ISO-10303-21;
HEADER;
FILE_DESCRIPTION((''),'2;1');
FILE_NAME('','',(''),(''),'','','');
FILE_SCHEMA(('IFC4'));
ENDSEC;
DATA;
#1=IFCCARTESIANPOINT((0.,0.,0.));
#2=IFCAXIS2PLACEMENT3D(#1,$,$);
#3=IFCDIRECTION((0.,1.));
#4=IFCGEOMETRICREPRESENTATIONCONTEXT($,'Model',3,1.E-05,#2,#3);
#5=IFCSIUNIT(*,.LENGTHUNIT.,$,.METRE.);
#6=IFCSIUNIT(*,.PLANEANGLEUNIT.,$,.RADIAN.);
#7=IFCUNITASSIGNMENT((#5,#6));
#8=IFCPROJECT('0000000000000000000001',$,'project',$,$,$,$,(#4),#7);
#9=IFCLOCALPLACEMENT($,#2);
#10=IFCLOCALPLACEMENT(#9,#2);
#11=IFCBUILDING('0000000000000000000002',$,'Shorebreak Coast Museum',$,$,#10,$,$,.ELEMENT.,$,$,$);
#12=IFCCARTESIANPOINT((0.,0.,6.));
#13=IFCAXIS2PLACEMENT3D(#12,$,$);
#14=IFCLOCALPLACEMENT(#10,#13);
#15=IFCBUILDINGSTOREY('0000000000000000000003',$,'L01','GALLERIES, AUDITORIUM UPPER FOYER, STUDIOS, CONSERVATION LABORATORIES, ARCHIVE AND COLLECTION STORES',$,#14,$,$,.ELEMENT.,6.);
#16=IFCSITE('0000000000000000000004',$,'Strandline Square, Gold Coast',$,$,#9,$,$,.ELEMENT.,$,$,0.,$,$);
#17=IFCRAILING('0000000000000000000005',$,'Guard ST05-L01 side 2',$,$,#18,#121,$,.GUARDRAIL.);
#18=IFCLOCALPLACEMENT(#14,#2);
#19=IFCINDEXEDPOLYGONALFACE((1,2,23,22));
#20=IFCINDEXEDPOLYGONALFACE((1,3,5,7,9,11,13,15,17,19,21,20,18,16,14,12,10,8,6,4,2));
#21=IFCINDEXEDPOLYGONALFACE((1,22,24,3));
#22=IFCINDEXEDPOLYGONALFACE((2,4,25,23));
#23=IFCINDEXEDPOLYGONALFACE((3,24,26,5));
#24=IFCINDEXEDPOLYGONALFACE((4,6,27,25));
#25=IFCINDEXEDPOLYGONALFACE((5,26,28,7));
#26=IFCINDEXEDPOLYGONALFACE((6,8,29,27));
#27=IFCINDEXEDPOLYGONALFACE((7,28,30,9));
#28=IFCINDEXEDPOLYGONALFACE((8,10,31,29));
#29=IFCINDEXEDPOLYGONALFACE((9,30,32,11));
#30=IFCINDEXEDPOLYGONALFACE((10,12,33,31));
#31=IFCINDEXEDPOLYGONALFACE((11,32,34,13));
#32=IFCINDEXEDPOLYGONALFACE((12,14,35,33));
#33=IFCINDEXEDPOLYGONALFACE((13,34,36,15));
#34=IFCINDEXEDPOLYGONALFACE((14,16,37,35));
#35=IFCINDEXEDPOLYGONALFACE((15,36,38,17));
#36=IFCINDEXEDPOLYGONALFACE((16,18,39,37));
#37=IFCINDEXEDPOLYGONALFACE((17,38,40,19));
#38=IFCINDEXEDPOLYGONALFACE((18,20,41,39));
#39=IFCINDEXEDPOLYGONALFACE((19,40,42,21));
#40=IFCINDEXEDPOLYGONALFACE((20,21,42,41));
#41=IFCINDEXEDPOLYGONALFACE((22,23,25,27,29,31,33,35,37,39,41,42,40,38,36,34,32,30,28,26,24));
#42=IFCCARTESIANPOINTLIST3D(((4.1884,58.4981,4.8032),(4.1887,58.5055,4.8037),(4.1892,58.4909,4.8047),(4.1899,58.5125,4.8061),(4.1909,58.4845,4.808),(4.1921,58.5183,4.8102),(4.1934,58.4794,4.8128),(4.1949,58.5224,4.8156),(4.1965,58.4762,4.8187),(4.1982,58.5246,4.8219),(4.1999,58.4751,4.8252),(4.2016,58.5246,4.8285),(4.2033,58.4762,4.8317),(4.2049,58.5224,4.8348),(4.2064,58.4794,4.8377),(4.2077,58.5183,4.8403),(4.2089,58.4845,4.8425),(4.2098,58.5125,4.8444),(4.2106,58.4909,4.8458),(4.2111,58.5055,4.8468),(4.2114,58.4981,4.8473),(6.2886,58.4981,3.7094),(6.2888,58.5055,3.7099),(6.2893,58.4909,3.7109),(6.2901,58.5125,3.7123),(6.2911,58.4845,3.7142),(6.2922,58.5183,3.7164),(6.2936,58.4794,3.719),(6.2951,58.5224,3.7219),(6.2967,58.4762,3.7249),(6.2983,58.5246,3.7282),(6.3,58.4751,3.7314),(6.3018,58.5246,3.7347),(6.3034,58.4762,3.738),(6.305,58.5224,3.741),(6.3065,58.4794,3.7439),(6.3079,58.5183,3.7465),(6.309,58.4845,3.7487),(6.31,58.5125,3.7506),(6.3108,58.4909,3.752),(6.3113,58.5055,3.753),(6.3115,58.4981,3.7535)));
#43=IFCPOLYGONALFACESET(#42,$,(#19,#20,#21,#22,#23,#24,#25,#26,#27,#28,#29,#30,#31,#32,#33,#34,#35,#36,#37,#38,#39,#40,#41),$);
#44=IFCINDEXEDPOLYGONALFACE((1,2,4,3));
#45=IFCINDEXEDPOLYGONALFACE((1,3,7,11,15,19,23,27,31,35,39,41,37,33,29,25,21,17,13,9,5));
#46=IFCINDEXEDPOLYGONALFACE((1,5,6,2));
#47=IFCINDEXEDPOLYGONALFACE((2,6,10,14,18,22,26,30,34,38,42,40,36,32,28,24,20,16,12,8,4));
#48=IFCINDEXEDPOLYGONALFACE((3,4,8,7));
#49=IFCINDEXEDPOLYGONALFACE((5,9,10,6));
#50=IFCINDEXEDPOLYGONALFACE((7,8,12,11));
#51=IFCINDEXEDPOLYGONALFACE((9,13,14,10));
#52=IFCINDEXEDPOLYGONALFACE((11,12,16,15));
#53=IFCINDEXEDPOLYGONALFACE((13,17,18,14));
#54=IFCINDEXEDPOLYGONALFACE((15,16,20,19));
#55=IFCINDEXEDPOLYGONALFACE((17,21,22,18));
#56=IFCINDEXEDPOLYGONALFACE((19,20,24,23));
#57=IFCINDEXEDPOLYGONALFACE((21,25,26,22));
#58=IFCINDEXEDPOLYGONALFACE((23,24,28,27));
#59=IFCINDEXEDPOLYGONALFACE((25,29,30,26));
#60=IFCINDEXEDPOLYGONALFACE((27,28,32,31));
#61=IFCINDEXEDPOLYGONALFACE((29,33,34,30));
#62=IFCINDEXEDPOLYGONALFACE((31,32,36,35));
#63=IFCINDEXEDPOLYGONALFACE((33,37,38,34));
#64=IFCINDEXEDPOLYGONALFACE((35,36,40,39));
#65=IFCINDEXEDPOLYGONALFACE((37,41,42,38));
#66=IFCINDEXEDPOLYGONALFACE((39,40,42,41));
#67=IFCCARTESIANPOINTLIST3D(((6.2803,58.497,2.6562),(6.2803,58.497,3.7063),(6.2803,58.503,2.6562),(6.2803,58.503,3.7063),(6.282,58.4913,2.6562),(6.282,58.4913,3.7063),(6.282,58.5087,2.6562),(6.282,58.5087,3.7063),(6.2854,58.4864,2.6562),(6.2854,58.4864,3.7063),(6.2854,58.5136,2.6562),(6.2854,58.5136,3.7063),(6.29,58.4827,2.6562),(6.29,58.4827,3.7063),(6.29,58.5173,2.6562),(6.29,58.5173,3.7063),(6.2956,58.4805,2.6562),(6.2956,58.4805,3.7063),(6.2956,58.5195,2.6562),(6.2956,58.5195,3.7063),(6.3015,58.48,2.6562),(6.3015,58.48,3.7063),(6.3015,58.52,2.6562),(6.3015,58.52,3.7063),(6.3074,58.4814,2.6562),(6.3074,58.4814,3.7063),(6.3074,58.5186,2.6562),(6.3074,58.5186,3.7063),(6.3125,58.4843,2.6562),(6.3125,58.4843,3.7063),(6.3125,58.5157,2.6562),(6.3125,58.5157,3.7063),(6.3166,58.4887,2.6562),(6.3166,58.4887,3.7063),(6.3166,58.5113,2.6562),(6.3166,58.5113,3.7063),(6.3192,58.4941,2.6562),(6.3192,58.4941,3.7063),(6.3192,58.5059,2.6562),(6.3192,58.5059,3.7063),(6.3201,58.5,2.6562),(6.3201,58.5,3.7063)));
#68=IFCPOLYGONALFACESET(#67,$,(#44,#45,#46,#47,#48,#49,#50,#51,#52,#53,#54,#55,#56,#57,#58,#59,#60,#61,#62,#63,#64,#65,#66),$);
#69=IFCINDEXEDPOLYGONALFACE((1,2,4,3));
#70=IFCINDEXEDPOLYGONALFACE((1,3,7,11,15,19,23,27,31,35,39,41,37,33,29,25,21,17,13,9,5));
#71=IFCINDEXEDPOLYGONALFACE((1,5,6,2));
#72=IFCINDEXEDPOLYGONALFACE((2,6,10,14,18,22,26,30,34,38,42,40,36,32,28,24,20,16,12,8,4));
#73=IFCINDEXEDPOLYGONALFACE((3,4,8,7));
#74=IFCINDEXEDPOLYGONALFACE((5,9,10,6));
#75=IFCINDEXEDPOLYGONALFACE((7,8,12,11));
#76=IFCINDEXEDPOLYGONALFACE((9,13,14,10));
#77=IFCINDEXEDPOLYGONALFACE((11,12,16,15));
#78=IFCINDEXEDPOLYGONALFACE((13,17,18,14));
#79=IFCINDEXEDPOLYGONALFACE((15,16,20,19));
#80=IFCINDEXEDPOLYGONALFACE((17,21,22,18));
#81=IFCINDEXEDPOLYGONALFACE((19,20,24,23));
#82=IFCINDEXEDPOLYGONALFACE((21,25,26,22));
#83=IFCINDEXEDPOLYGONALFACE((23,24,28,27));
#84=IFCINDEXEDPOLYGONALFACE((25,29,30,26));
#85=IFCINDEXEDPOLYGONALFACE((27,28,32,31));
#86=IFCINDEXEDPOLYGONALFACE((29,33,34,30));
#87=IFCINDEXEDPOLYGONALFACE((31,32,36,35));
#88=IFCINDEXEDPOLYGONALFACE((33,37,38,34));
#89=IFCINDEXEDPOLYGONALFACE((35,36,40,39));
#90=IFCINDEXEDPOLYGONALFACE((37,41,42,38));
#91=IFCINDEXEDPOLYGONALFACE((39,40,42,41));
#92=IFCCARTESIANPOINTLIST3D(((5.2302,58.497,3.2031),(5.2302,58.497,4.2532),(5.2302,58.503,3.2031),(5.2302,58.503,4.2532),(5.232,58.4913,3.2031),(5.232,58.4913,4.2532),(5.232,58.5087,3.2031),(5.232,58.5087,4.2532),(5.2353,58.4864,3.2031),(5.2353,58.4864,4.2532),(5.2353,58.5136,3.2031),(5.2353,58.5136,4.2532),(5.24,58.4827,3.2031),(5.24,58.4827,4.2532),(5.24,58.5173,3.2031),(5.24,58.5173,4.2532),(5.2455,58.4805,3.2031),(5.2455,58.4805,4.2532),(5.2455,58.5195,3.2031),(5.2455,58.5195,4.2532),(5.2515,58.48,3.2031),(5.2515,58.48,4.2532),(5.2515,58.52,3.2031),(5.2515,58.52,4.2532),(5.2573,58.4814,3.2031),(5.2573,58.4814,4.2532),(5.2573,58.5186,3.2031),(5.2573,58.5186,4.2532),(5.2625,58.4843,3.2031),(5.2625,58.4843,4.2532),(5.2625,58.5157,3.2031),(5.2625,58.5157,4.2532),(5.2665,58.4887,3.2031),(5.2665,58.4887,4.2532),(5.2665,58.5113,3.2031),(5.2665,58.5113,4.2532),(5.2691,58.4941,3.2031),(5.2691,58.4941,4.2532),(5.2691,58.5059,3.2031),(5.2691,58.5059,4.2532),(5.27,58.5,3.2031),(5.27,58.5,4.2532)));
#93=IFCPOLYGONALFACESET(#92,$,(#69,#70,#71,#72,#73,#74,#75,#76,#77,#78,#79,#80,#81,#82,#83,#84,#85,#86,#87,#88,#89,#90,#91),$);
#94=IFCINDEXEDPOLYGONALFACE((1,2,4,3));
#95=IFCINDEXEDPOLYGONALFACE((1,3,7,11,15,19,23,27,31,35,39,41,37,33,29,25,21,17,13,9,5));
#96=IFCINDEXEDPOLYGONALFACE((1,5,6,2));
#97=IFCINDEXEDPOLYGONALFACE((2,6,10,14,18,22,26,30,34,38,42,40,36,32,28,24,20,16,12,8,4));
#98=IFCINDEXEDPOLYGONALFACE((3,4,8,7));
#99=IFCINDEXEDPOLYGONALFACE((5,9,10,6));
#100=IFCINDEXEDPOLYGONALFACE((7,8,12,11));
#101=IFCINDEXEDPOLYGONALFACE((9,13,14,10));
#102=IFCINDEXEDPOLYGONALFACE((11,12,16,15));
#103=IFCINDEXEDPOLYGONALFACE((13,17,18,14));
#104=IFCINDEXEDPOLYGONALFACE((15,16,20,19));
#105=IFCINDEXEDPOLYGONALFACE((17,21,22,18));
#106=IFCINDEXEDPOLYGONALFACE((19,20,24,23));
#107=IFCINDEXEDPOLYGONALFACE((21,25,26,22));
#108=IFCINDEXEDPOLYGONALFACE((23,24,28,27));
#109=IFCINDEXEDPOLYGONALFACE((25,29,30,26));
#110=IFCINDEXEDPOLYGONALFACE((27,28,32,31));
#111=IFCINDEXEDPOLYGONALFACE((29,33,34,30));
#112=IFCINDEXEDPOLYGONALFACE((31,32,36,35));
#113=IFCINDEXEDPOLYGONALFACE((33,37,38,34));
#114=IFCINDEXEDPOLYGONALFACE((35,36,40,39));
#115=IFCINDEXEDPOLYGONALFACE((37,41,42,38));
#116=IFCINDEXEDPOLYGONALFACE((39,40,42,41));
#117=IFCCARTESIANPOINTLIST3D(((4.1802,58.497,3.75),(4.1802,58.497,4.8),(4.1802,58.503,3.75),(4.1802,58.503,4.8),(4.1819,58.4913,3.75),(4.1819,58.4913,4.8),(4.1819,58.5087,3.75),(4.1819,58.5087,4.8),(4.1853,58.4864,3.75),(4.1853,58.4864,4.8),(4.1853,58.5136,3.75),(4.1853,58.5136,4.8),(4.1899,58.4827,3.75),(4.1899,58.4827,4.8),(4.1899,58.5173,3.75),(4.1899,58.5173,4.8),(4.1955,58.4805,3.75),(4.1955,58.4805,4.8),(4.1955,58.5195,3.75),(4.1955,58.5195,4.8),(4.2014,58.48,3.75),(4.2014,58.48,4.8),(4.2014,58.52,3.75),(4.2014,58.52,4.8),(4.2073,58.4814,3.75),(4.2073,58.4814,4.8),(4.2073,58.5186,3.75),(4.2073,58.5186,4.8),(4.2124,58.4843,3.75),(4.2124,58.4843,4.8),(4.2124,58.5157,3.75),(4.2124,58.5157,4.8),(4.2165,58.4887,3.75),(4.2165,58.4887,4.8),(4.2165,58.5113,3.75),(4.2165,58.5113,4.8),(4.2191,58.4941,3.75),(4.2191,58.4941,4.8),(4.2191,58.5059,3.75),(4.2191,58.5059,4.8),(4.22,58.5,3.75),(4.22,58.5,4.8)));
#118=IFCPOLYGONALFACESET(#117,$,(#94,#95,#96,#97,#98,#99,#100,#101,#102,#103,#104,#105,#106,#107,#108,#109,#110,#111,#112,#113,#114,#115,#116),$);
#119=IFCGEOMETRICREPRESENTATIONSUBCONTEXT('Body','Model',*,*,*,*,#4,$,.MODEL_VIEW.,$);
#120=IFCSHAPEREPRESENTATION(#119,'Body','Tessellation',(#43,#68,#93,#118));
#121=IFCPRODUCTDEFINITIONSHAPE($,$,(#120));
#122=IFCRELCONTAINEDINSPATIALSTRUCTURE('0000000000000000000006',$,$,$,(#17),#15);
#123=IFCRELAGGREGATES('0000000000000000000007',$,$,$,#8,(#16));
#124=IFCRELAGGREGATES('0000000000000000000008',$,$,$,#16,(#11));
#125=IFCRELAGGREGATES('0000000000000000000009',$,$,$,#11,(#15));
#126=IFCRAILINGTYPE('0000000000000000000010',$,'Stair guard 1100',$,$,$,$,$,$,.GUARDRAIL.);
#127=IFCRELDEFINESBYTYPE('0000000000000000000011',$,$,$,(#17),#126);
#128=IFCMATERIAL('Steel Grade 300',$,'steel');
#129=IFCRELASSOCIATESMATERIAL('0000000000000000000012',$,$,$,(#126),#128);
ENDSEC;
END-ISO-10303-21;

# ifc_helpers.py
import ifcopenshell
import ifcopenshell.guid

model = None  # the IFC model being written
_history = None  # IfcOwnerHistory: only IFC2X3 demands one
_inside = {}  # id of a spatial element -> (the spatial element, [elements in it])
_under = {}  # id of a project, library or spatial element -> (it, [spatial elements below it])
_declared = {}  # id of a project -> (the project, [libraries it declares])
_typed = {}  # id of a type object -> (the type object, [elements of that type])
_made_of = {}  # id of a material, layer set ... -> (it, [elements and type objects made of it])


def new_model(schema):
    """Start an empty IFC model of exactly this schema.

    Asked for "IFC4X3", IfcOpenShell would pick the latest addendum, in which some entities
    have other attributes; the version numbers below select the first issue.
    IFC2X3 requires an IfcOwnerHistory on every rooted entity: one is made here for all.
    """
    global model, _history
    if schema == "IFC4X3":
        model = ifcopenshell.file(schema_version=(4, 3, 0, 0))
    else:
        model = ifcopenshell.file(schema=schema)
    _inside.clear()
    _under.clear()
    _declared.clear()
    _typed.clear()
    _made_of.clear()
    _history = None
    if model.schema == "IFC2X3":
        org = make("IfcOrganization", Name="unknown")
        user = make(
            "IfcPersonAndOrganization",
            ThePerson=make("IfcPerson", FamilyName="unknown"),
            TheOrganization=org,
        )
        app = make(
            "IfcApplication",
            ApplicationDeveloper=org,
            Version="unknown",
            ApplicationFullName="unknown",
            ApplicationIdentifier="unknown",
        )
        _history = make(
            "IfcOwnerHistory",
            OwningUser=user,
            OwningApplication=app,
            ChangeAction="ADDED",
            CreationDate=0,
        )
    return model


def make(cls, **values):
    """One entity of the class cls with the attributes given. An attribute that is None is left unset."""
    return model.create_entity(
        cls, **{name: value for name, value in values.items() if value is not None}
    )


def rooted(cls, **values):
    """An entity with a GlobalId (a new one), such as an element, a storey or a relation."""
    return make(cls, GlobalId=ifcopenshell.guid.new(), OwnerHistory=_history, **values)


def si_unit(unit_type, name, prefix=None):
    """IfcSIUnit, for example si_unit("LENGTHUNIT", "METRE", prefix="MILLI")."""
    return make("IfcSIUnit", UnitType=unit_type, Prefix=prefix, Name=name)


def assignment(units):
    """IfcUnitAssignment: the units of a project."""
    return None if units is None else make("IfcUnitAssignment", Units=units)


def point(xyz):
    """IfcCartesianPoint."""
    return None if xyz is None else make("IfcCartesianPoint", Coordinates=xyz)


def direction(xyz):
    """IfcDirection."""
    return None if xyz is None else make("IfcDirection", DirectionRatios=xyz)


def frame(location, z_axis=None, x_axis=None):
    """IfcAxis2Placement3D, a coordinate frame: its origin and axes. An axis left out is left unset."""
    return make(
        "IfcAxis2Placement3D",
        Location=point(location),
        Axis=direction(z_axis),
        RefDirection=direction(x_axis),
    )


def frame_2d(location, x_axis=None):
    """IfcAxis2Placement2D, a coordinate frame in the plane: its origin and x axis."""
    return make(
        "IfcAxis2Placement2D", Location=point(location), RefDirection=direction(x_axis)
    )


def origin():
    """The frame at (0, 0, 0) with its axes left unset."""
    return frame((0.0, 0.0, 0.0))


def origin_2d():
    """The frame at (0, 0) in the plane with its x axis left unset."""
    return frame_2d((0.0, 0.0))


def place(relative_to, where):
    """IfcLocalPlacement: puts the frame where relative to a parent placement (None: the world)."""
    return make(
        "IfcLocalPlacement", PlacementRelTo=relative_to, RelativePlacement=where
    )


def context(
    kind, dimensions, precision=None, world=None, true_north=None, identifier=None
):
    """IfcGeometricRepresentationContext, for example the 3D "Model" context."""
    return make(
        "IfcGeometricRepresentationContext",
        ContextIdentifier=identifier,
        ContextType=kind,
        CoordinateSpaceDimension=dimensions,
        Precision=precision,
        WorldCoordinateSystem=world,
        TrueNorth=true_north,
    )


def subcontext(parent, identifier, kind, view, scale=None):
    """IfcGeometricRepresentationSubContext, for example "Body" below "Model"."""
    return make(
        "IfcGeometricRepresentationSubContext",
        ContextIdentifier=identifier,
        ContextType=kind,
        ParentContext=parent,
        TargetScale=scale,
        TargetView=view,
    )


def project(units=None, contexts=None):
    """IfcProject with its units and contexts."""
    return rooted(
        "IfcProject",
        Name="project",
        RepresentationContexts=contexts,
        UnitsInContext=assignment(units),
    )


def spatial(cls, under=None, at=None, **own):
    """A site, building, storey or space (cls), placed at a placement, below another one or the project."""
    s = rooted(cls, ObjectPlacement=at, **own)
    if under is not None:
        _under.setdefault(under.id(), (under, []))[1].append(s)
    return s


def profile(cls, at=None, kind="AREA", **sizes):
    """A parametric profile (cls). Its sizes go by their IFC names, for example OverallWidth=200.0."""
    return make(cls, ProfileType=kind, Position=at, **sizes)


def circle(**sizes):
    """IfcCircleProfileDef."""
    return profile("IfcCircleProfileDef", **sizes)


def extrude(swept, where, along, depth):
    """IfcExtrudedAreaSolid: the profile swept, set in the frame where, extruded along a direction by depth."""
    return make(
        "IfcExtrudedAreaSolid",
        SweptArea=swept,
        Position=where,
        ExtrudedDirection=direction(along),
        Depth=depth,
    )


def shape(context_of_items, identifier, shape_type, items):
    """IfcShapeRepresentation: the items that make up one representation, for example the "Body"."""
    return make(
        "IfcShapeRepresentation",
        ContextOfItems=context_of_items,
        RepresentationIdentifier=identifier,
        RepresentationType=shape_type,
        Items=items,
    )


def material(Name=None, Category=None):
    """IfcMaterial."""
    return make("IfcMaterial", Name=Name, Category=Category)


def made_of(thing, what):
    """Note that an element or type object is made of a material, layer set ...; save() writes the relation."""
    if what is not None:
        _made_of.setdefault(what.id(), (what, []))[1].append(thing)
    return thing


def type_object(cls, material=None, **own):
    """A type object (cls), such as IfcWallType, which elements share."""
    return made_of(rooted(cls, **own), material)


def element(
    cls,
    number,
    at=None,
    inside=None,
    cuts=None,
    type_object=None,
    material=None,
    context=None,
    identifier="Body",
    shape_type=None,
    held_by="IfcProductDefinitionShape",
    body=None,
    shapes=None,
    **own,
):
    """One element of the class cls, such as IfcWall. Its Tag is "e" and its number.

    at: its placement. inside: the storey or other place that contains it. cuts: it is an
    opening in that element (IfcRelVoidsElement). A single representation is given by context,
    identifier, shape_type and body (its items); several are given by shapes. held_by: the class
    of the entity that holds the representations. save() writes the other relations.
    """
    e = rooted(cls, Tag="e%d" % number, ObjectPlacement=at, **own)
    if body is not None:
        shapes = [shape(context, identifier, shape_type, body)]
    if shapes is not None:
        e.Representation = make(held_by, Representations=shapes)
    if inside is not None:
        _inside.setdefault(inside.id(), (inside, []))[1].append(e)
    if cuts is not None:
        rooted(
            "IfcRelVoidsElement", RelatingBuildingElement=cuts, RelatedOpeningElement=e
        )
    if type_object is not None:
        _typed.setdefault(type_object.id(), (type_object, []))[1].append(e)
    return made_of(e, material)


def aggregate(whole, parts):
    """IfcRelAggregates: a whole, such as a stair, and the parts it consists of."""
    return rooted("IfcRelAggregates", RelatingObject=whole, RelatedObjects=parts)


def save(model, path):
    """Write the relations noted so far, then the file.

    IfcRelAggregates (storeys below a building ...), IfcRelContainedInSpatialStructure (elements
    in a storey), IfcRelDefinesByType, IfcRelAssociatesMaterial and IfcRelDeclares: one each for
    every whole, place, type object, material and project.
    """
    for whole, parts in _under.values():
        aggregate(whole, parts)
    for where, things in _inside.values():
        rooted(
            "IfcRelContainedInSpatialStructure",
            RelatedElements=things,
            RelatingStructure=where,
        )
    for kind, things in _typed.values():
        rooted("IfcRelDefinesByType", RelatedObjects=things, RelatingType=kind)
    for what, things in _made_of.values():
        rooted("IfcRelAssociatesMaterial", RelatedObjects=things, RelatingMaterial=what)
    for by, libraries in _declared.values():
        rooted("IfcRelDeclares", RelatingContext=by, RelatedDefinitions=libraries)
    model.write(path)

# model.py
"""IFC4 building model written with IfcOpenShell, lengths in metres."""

from ifc_helpers import new_model, si_unit, direction, frame, origin, origin_2d, place, context, subcontext, project, spatial, circle, extrude, material, type_object, element, save


model = new_model("IFC4")

# Units and contexts
model_context = context("Model", 3, precision=1e-05, world=origin(), true_north=direction((0.0, 1.0)))
body_context = subcontext(model_context, "Body", "Model", "MODEL_VIEW")
ifc_project = project(units=[si_unit("LENGTHUNIT", "METRE"), si_unit("PLANEANGLEUNIT", "RADIAN")], contexts=[model_context])

# Site, building, storey
site_placement = place(None, origin())
site = spatial("IfcSite", under=ifc_project, at=site_placement, Name="Strandline Square, Gold Coast", CompositionType="ELEMENT", RefElevation=0.0)
building_placement = place(site_placement, origin())
building = spatial("IfcBuilding", under=site, at=building_placement, Name="Shorebreak Coast Museum", CompositionType="ELEMENT")
storey_placement = place(building_placement, frame((0.0, 0.0, 6.0)))
storey = spatial("IfcBuildingStorey", under=building, at=storey_placement, Name="L01", Description="GALLERIES, AUDITORIUM UPPER FOYER, STUDIOS, CONSERVATION LABORATORIES, ARCHIVE AND COLLECTION STORES", CompositionType="ELEMENT", Elevation=6.0)

# Railing
ifc_material_1 = material(Name="Steel Grade 300", Category="steel")
railing_type_1 = type_object("IfcRailingType", Name="Stair guard 1100", PredefinedType="GUARDRAIL", material=ifc_material_1)
railing_1_placement = place(storey_placement, frame((6.3, 58.5, 2.6562)))
element("IfcRailing", 1, at=railing_1_placement, inside=storey, type_object=railing_type_1, Name="Guard ST05-L01 side 2", PredefinedType="GUARDRAIL", context=body_context, shape_type="SweptSolid", body=[
    extrude(circle(Radius=0.0249, at=origin_2d()), frame((0.0, 0.0, 1.0752), z_axis=(-0.886923, 0.0, 0.461918), x_axis=(0.0, -1.0, 0.0)), (0.0, 0.0, 1.0), 2.3679),
    extrude(circle(Radius=0.02, at=origin_2d()), origin(), (0.0, 0.0, 1.0), 1.05),
    extrude(circle(Radius=0.02, at=origin_2d()), frame((-1.05, 0.0, 0.5469)), (0.0, 0.0, 1.0), 1.05),
    extrude(circle(Radius=0.02, at=origin_2d()), frame((-2.1001, 0.0, 1.0938)), (0.0, 0.0, 1.0), 1.05),
])

save(model, "model.ifc")
